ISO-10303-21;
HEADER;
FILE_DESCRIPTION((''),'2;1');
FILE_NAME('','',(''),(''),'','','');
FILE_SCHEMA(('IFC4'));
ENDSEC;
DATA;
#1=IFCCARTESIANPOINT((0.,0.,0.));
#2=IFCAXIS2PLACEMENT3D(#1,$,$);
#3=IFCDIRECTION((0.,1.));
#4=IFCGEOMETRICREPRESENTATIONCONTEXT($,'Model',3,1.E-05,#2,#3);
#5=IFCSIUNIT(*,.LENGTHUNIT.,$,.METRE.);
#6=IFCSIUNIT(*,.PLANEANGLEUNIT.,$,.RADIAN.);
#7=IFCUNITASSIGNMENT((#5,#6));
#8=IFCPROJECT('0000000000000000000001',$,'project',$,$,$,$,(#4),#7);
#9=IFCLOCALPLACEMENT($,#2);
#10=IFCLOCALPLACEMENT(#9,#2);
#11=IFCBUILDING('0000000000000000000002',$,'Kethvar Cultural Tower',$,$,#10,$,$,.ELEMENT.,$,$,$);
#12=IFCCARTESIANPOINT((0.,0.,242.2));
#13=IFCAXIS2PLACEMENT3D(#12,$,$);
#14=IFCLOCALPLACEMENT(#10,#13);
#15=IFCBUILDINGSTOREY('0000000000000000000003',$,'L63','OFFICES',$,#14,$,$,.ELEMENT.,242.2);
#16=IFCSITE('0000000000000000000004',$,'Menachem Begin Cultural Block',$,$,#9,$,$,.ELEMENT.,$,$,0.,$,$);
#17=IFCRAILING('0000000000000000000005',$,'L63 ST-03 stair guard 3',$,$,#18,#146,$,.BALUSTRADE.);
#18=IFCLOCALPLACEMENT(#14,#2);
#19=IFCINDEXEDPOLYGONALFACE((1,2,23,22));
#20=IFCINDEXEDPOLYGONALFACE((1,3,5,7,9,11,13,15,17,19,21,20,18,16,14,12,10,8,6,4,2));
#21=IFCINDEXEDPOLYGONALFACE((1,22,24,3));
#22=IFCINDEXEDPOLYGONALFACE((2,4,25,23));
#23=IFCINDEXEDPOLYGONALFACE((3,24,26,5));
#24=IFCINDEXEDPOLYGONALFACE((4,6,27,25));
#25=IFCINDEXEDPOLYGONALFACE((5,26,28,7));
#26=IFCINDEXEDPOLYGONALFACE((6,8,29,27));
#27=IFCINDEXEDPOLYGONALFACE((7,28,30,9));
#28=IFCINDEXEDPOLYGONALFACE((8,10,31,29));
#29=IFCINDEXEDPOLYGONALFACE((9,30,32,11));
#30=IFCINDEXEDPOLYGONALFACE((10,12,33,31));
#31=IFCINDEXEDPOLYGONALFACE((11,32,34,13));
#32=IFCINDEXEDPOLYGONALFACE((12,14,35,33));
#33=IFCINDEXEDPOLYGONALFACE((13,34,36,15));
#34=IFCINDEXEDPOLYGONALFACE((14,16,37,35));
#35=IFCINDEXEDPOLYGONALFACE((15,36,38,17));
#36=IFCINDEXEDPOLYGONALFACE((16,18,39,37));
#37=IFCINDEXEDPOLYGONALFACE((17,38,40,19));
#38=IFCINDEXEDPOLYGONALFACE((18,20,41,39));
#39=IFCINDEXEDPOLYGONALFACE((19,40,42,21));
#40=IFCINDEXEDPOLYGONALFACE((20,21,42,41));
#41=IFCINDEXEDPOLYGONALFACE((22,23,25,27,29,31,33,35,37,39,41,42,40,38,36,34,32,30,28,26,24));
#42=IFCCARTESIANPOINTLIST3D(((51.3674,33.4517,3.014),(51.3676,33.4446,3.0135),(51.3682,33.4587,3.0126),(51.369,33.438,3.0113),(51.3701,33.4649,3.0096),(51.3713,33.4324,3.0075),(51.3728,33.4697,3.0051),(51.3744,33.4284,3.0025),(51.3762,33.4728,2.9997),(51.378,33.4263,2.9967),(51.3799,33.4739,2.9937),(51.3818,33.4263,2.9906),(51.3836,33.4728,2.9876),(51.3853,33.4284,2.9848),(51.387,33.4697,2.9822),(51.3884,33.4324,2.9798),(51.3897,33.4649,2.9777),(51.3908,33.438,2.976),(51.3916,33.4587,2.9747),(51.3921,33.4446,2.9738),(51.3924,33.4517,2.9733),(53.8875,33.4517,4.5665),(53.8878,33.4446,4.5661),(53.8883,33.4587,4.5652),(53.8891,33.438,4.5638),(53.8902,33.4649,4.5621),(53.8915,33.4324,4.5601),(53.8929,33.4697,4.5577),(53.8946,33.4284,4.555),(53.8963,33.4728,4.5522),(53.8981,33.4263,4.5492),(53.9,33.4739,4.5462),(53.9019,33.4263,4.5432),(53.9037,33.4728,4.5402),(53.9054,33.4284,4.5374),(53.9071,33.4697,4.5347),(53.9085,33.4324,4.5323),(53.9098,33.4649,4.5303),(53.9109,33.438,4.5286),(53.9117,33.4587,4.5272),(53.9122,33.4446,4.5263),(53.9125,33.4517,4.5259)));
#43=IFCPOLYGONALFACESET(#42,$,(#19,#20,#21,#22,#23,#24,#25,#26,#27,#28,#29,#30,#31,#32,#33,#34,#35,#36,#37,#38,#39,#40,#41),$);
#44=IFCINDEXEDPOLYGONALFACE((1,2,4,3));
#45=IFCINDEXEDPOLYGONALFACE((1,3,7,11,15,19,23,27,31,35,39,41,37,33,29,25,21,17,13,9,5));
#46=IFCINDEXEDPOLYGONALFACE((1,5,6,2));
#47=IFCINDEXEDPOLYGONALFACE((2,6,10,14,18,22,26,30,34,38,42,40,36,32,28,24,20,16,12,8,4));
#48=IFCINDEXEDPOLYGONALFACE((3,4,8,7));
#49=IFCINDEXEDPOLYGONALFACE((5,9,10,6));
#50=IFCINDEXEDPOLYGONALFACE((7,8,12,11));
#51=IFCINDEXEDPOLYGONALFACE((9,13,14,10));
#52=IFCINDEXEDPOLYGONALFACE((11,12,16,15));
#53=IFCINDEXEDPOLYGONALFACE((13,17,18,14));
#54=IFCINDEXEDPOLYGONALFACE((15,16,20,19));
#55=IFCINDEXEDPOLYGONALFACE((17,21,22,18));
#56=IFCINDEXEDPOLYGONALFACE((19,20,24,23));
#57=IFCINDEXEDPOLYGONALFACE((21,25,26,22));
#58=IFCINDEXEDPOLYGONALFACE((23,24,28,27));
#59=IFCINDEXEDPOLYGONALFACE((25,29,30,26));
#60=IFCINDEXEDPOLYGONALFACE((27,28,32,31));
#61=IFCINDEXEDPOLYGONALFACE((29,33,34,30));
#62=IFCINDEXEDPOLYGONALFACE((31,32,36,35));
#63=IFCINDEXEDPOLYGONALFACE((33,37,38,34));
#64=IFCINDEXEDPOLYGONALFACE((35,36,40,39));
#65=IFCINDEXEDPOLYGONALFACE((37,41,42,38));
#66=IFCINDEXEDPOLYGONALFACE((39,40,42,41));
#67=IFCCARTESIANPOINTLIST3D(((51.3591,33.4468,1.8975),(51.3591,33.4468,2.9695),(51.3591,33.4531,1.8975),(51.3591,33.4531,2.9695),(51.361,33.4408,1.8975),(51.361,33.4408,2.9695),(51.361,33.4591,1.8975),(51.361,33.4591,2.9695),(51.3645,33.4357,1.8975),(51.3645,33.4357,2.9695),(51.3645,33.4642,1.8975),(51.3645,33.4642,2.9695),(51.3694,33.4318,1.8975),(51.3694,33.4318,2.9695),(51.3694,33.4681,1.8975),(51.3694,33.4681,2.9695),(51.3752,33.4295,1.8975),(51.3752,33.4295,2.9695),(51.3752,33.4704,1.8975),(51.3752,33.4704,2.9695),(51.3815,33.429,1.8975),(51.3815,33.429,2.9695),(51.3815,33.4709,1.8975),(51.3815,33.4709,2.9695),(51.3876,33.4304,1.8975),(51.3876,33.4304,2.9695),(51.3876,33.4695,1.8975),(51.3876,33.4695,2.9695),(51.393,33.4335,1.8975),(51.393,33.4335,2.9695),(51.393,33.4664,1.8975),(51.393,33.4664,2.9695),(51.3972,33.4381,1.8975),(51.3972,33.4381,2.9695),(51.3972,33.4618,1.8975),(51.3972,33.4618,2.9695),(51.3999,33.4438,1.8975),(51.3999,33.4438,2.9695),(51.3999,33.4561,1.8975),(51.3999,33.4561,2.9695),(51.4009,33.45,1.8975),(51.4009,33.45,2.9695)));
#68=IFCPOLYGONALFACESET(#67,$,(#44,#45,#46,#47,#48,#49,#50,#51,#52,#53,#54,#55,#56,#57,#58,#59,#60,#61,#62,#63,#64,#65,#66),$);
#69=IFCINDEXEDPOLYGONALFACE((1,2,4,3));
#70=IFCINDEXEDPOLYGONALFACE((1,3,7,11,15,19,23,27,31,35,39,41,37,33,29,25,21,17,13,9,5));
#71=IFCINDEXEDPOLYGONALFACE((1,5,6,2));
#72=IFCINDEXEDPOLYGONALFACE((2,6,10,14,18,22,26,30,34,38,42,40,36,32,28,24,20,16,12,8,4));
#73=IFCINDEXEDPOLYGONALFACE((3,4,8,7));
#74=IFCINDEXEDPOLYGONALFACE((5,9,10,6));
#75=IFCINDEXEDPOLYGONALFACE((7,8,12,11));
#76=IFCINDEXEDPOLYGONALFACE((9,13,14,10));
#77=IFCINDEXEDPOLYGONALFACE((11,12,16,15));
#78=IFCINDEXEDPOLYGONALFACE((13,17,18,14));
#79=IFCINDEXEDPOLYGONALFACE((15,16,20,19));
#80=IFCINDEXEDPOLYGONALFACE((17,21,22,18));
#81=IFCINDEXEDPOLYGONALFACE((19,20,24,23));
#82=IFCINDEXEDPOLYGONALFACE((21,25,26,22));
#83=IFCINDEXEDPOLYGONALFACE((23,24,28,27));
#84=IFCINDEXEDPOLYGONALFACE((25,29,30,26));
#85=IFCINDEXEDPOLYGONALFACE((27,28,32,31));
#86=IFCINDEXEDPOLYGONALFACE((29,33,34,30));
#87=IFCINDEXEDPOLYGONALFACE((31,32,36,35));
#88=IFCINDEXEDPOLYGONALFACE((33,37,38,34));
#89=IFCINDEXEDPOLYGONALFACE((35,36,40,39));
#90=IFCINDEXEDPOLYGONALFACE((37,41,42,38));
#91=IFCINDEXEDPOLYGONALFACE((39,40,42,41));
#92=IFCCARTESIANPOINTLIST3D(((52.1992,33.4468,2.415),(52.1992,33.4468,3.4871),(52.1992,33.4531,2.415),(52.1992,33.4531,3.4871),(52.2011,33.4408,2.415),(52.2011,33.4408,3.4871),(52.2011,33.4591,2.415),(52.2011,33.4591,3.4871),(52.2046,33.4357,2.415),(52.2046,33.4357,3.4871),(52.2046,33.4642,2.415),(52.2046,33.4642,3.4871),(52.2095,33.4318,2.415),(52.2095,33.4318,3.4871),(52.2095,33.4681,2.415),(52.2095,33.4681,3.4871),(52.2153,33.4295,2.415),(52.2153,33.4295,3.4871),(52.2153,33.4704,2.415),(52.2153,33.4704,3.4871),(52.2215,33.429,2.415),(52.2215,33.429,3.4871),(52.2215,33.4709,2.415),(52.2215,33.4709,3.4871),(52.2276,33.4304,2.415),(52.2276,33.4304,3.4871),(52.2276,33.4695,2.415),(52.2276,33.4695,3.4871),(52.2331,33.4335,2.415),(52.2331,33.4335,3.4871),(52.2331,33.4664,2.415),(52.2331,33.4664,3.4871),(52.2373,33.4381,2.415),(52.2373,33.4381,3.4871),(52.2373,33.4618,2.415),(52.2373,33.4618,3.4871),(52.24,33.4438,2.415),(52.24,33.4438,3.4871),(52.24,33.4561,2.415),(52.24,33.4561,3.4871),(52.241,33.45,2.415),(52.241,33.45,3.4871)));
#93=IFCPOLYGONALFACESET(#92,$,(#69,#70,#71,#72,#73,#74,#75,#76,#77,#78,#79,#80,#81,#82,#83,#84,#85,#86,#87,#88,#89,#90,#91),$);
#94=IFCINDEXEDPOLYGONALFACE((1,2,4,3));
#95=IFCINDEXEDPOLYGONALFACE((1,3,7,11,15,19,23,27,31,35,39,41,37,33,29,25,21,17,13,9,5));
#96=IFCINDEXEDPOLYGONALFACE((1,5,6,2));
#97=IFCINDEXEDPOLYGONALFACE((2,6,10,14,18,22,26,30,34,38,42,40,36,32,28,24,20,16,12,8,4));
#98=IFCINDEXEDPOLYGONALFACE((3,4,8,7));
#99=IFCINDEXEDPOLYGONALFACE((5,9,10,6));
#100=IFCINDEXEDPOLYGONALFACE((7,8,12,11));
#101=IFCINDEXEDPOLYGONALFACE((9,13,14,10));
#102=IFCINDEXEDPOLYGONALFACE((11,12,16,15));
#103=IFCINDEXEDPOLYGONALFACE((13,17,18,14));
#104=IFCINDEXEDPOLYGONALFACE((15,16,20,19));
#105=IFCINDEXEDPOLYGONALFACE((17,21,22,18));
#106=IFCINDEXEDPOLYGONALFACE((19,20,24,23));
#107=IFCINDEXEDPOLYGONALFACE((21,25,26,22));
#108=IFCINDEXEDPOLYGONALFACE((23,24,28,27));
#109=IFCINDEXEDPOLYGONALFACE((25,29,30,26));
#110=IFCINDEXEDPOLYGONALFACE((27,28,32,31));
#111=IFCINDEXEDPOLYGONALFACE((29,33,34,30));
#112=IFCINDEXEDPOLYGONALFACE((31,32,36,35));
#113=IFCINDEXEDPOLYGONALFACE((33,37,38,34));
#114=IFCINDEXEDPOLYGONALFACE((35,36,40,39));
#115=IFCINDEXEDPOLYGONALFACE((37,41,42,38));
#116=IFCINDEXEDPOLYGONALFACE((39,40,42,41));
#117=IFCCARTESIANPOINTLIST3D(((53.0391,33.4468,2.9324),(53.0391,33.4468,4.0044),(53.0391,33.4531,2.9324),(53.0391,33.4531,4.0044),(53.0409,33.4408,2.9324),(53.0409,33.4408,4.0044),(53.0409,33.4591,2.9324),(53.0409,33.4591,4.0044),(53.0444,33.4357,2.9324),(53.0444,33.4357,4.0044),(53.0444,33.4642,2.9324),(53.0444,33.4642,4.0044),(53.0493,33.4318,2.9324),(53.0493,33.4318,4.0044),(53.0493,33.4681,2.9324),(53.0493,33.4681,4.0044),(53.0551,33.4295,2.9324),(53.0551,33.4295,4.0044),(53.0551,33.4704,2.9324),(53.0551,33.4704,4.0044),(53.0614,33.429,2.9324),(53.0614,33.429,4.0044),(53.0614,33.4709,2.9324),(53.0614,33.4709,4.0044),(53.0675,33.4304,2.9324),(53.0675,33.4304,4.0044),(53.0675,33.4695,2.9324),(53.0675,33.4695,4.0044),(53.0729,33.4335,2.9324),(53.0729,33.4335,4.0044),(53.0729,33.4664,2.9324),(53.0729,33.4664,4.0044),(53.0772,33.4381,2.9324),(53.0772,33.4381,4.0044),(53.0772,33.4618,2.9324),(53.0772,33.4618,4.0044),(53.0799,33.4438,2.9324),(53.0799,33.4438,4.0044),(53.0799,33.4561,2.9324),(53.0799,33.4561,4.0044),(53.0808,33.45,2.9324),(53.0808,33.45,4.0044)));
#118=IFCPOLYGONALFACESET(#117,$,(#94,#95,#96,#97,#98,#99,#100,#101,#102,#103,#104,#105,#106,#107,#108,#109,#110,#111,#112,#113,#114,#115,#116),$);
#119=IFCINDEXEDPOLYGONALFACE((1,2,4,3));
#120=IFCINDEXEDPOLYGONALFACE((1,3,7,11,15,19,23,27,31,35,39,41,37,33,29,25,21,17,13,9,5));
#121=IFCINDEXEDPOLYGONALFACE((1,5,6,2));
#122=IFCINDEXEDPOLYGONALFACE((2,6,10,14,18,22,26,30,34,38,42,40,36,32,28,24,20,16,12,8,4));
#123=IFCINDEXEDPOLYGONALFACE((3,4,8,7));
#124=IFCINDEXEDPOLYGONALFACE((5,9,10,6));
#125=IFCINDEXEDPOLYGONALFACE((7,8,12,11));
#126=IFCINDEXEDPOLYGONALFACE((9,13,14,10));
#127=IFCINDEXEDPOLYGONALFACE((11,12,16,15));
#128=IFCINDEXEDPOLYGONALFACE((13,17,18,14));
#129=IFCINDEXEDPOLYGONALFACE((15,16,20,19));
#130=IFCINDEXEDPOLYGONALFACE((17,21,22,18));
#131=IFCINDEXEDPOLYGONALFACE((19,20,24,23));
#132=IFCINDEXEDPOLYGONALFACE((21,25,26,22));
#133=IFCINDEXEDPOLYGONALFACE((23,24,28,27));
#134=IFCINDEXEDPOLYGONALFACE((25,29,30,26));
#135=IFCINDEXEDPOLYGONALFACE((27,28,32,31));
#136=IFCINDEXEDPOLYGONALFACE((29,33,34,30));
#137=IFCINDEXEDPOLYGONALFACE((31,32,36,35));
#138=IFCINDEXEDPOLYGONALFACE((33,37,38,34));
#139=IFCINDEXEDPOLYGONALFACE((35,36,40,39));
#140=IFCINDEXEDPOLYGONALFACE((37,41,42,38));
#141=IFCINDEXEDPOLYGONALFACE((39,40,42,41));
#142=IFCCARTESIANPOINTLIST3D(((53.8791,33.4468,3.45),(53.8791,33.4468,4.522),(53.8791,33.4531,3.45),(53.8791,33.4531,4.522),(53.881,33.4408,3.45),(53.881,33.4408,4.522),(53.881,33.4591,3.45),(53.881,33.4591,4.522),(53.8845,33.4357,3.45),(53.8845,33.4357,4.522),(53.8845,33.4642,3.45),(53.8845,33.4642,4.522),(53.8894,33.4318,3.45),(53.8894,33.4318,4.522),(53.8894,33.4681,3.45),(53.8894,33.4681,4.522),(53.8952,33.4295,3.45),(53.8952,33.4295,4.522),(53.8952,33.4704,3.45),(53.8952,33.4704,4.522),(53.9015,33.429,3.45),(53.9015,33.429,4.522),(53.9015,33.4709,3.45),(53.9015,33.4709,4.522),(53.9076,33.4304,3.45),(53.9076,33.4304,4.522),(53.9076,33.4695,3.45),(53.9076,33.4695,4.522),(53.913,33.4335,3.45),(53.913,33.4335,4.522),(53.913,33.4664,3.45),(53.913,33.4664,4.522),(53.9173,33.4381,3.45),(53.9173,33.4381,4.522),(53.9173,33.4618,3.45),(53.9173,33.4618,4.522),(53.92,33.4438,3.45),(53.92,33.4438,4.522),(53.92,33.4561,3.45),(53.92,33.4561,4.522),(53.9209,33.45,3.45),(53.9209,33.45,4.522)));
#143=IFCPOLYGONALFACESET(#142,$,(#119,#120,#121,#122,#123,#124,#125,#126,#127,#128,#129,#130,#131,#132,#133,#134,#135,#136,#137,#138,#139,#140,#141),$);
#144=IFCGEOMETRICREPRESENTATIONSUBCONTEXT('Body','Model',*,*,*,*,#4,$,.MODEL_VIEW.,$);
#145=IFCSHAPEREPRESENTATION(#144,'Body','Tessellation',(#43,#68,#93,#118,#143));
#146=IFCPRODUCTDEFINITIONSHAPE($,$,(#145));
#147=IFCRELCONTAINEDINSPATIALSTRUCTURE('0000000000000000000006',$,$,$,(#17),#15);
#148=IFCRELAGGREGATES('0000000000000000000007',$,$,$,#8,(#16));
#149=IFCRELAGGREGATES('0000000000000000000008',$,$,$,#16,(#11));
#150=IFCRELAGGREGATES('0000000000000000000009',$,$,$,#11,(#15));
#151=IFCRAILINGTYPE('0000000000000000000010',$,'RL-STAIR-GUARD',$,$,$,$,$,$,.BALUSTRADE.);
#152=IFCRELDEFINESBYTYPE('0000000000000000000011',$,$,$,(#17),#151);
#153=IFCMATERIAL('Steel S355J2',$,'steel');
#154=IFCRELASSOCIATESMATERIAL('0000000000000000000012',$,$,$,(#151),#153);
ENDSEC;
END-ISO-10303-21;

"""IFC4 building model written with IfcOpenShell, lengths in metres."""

from ifc_helpers import new_model, si_unit, direction, frame, origin, origin_2d, place, context, subcontext, project, spatial, circle, extrude, material, type_object, element, save


model = new_model("IFC4")

# Units and contexts
model_context = context("Model", 3, precision=1e-05, world=origin(), true_north=direction((0.0, 1.0)))
body_context = subcontext(model_context, "Body", "Model", "MODEL_VIEW")
ifc_project = project(units=[si_unit("LENGTHUNIT", "METRE"), si_unit("PLANEANGLEUNIT", "RADIAN")], contexts=[model_context])

# Site, building, storey
site_placement = place(None, origin())
site = spatial("IfcSite", under=ifc_project, at=site_placement, Name="Menachem Begin Cultural Block", CompositionType="ELEMENT", RefElevation=0.0)
building_placement = place(site_placement, origin())
building = spatial("IfcBuilding", under=site, at=building_placement, Name="Kethvar Cultural Tower", CompositionType="ELEMENT")
storey_placement = place(building_placement, frame((0.0, 0.0, 242.2)))
storey = spatial("IfcBuildingStorey", under=building, at=storey_placement, Name="L63", Description="OFFICES", CompositionType="ELEMENT", Elevation=242.2)

# Shared definitions
ifc_material_1 = material(Name="Steel S355J2", Category="steel")

# Railing
railing_type_1 = type_object("IfcRailingType", Name="RL-STAIR-GUARD", PredefinedType="BALUSTRADE", material=ifc_material_1)
railing_1_placement = place(storey_placement, frame((51.3799, 33.45, 1.8975)))
element("IfcRailing", 1, at=railing_1_placement, inside=storey, type_object=railing_type_1, Name="L63 ST-03 stair guard 3", PredefinedType="BALUSTRADE", context=body_context, shape_type="SweptSolid", body=[
    extrude(circle(Radius=0.0239, at=origin_2d()), frame((0.0, 0.0, 1.0962), z_axis=(0.8514, 0.0, 0.524516), x_axis=(0.0, 1.0, 0.0)), (0.0, 0.0, 1.0), 2.96),
    extrude(circle(Radius=0.021, at=origin_2d()), origin(), (0.0, 0.0, 1.0), 1.072),
    extrude(circle(Radius=0.021, at=origin_2d()), frame((0.8401, 0.0, 0.5176)), (0.0, 0.0, 1.0), 1.072),
    extrude(circle(Radius=0.021, at=origin_2d()), frame((1.6799, 0.0, 1.0349)), (0.0, 0.0, 1.0), 1.072),
    extrude(circle(Radius=0.021, at=origin_2d()), frame((2.52, 0.0, 1.5525)), (0.0, 0.0, 1.0), 1.072),
])

save(model, "model.ifc")
